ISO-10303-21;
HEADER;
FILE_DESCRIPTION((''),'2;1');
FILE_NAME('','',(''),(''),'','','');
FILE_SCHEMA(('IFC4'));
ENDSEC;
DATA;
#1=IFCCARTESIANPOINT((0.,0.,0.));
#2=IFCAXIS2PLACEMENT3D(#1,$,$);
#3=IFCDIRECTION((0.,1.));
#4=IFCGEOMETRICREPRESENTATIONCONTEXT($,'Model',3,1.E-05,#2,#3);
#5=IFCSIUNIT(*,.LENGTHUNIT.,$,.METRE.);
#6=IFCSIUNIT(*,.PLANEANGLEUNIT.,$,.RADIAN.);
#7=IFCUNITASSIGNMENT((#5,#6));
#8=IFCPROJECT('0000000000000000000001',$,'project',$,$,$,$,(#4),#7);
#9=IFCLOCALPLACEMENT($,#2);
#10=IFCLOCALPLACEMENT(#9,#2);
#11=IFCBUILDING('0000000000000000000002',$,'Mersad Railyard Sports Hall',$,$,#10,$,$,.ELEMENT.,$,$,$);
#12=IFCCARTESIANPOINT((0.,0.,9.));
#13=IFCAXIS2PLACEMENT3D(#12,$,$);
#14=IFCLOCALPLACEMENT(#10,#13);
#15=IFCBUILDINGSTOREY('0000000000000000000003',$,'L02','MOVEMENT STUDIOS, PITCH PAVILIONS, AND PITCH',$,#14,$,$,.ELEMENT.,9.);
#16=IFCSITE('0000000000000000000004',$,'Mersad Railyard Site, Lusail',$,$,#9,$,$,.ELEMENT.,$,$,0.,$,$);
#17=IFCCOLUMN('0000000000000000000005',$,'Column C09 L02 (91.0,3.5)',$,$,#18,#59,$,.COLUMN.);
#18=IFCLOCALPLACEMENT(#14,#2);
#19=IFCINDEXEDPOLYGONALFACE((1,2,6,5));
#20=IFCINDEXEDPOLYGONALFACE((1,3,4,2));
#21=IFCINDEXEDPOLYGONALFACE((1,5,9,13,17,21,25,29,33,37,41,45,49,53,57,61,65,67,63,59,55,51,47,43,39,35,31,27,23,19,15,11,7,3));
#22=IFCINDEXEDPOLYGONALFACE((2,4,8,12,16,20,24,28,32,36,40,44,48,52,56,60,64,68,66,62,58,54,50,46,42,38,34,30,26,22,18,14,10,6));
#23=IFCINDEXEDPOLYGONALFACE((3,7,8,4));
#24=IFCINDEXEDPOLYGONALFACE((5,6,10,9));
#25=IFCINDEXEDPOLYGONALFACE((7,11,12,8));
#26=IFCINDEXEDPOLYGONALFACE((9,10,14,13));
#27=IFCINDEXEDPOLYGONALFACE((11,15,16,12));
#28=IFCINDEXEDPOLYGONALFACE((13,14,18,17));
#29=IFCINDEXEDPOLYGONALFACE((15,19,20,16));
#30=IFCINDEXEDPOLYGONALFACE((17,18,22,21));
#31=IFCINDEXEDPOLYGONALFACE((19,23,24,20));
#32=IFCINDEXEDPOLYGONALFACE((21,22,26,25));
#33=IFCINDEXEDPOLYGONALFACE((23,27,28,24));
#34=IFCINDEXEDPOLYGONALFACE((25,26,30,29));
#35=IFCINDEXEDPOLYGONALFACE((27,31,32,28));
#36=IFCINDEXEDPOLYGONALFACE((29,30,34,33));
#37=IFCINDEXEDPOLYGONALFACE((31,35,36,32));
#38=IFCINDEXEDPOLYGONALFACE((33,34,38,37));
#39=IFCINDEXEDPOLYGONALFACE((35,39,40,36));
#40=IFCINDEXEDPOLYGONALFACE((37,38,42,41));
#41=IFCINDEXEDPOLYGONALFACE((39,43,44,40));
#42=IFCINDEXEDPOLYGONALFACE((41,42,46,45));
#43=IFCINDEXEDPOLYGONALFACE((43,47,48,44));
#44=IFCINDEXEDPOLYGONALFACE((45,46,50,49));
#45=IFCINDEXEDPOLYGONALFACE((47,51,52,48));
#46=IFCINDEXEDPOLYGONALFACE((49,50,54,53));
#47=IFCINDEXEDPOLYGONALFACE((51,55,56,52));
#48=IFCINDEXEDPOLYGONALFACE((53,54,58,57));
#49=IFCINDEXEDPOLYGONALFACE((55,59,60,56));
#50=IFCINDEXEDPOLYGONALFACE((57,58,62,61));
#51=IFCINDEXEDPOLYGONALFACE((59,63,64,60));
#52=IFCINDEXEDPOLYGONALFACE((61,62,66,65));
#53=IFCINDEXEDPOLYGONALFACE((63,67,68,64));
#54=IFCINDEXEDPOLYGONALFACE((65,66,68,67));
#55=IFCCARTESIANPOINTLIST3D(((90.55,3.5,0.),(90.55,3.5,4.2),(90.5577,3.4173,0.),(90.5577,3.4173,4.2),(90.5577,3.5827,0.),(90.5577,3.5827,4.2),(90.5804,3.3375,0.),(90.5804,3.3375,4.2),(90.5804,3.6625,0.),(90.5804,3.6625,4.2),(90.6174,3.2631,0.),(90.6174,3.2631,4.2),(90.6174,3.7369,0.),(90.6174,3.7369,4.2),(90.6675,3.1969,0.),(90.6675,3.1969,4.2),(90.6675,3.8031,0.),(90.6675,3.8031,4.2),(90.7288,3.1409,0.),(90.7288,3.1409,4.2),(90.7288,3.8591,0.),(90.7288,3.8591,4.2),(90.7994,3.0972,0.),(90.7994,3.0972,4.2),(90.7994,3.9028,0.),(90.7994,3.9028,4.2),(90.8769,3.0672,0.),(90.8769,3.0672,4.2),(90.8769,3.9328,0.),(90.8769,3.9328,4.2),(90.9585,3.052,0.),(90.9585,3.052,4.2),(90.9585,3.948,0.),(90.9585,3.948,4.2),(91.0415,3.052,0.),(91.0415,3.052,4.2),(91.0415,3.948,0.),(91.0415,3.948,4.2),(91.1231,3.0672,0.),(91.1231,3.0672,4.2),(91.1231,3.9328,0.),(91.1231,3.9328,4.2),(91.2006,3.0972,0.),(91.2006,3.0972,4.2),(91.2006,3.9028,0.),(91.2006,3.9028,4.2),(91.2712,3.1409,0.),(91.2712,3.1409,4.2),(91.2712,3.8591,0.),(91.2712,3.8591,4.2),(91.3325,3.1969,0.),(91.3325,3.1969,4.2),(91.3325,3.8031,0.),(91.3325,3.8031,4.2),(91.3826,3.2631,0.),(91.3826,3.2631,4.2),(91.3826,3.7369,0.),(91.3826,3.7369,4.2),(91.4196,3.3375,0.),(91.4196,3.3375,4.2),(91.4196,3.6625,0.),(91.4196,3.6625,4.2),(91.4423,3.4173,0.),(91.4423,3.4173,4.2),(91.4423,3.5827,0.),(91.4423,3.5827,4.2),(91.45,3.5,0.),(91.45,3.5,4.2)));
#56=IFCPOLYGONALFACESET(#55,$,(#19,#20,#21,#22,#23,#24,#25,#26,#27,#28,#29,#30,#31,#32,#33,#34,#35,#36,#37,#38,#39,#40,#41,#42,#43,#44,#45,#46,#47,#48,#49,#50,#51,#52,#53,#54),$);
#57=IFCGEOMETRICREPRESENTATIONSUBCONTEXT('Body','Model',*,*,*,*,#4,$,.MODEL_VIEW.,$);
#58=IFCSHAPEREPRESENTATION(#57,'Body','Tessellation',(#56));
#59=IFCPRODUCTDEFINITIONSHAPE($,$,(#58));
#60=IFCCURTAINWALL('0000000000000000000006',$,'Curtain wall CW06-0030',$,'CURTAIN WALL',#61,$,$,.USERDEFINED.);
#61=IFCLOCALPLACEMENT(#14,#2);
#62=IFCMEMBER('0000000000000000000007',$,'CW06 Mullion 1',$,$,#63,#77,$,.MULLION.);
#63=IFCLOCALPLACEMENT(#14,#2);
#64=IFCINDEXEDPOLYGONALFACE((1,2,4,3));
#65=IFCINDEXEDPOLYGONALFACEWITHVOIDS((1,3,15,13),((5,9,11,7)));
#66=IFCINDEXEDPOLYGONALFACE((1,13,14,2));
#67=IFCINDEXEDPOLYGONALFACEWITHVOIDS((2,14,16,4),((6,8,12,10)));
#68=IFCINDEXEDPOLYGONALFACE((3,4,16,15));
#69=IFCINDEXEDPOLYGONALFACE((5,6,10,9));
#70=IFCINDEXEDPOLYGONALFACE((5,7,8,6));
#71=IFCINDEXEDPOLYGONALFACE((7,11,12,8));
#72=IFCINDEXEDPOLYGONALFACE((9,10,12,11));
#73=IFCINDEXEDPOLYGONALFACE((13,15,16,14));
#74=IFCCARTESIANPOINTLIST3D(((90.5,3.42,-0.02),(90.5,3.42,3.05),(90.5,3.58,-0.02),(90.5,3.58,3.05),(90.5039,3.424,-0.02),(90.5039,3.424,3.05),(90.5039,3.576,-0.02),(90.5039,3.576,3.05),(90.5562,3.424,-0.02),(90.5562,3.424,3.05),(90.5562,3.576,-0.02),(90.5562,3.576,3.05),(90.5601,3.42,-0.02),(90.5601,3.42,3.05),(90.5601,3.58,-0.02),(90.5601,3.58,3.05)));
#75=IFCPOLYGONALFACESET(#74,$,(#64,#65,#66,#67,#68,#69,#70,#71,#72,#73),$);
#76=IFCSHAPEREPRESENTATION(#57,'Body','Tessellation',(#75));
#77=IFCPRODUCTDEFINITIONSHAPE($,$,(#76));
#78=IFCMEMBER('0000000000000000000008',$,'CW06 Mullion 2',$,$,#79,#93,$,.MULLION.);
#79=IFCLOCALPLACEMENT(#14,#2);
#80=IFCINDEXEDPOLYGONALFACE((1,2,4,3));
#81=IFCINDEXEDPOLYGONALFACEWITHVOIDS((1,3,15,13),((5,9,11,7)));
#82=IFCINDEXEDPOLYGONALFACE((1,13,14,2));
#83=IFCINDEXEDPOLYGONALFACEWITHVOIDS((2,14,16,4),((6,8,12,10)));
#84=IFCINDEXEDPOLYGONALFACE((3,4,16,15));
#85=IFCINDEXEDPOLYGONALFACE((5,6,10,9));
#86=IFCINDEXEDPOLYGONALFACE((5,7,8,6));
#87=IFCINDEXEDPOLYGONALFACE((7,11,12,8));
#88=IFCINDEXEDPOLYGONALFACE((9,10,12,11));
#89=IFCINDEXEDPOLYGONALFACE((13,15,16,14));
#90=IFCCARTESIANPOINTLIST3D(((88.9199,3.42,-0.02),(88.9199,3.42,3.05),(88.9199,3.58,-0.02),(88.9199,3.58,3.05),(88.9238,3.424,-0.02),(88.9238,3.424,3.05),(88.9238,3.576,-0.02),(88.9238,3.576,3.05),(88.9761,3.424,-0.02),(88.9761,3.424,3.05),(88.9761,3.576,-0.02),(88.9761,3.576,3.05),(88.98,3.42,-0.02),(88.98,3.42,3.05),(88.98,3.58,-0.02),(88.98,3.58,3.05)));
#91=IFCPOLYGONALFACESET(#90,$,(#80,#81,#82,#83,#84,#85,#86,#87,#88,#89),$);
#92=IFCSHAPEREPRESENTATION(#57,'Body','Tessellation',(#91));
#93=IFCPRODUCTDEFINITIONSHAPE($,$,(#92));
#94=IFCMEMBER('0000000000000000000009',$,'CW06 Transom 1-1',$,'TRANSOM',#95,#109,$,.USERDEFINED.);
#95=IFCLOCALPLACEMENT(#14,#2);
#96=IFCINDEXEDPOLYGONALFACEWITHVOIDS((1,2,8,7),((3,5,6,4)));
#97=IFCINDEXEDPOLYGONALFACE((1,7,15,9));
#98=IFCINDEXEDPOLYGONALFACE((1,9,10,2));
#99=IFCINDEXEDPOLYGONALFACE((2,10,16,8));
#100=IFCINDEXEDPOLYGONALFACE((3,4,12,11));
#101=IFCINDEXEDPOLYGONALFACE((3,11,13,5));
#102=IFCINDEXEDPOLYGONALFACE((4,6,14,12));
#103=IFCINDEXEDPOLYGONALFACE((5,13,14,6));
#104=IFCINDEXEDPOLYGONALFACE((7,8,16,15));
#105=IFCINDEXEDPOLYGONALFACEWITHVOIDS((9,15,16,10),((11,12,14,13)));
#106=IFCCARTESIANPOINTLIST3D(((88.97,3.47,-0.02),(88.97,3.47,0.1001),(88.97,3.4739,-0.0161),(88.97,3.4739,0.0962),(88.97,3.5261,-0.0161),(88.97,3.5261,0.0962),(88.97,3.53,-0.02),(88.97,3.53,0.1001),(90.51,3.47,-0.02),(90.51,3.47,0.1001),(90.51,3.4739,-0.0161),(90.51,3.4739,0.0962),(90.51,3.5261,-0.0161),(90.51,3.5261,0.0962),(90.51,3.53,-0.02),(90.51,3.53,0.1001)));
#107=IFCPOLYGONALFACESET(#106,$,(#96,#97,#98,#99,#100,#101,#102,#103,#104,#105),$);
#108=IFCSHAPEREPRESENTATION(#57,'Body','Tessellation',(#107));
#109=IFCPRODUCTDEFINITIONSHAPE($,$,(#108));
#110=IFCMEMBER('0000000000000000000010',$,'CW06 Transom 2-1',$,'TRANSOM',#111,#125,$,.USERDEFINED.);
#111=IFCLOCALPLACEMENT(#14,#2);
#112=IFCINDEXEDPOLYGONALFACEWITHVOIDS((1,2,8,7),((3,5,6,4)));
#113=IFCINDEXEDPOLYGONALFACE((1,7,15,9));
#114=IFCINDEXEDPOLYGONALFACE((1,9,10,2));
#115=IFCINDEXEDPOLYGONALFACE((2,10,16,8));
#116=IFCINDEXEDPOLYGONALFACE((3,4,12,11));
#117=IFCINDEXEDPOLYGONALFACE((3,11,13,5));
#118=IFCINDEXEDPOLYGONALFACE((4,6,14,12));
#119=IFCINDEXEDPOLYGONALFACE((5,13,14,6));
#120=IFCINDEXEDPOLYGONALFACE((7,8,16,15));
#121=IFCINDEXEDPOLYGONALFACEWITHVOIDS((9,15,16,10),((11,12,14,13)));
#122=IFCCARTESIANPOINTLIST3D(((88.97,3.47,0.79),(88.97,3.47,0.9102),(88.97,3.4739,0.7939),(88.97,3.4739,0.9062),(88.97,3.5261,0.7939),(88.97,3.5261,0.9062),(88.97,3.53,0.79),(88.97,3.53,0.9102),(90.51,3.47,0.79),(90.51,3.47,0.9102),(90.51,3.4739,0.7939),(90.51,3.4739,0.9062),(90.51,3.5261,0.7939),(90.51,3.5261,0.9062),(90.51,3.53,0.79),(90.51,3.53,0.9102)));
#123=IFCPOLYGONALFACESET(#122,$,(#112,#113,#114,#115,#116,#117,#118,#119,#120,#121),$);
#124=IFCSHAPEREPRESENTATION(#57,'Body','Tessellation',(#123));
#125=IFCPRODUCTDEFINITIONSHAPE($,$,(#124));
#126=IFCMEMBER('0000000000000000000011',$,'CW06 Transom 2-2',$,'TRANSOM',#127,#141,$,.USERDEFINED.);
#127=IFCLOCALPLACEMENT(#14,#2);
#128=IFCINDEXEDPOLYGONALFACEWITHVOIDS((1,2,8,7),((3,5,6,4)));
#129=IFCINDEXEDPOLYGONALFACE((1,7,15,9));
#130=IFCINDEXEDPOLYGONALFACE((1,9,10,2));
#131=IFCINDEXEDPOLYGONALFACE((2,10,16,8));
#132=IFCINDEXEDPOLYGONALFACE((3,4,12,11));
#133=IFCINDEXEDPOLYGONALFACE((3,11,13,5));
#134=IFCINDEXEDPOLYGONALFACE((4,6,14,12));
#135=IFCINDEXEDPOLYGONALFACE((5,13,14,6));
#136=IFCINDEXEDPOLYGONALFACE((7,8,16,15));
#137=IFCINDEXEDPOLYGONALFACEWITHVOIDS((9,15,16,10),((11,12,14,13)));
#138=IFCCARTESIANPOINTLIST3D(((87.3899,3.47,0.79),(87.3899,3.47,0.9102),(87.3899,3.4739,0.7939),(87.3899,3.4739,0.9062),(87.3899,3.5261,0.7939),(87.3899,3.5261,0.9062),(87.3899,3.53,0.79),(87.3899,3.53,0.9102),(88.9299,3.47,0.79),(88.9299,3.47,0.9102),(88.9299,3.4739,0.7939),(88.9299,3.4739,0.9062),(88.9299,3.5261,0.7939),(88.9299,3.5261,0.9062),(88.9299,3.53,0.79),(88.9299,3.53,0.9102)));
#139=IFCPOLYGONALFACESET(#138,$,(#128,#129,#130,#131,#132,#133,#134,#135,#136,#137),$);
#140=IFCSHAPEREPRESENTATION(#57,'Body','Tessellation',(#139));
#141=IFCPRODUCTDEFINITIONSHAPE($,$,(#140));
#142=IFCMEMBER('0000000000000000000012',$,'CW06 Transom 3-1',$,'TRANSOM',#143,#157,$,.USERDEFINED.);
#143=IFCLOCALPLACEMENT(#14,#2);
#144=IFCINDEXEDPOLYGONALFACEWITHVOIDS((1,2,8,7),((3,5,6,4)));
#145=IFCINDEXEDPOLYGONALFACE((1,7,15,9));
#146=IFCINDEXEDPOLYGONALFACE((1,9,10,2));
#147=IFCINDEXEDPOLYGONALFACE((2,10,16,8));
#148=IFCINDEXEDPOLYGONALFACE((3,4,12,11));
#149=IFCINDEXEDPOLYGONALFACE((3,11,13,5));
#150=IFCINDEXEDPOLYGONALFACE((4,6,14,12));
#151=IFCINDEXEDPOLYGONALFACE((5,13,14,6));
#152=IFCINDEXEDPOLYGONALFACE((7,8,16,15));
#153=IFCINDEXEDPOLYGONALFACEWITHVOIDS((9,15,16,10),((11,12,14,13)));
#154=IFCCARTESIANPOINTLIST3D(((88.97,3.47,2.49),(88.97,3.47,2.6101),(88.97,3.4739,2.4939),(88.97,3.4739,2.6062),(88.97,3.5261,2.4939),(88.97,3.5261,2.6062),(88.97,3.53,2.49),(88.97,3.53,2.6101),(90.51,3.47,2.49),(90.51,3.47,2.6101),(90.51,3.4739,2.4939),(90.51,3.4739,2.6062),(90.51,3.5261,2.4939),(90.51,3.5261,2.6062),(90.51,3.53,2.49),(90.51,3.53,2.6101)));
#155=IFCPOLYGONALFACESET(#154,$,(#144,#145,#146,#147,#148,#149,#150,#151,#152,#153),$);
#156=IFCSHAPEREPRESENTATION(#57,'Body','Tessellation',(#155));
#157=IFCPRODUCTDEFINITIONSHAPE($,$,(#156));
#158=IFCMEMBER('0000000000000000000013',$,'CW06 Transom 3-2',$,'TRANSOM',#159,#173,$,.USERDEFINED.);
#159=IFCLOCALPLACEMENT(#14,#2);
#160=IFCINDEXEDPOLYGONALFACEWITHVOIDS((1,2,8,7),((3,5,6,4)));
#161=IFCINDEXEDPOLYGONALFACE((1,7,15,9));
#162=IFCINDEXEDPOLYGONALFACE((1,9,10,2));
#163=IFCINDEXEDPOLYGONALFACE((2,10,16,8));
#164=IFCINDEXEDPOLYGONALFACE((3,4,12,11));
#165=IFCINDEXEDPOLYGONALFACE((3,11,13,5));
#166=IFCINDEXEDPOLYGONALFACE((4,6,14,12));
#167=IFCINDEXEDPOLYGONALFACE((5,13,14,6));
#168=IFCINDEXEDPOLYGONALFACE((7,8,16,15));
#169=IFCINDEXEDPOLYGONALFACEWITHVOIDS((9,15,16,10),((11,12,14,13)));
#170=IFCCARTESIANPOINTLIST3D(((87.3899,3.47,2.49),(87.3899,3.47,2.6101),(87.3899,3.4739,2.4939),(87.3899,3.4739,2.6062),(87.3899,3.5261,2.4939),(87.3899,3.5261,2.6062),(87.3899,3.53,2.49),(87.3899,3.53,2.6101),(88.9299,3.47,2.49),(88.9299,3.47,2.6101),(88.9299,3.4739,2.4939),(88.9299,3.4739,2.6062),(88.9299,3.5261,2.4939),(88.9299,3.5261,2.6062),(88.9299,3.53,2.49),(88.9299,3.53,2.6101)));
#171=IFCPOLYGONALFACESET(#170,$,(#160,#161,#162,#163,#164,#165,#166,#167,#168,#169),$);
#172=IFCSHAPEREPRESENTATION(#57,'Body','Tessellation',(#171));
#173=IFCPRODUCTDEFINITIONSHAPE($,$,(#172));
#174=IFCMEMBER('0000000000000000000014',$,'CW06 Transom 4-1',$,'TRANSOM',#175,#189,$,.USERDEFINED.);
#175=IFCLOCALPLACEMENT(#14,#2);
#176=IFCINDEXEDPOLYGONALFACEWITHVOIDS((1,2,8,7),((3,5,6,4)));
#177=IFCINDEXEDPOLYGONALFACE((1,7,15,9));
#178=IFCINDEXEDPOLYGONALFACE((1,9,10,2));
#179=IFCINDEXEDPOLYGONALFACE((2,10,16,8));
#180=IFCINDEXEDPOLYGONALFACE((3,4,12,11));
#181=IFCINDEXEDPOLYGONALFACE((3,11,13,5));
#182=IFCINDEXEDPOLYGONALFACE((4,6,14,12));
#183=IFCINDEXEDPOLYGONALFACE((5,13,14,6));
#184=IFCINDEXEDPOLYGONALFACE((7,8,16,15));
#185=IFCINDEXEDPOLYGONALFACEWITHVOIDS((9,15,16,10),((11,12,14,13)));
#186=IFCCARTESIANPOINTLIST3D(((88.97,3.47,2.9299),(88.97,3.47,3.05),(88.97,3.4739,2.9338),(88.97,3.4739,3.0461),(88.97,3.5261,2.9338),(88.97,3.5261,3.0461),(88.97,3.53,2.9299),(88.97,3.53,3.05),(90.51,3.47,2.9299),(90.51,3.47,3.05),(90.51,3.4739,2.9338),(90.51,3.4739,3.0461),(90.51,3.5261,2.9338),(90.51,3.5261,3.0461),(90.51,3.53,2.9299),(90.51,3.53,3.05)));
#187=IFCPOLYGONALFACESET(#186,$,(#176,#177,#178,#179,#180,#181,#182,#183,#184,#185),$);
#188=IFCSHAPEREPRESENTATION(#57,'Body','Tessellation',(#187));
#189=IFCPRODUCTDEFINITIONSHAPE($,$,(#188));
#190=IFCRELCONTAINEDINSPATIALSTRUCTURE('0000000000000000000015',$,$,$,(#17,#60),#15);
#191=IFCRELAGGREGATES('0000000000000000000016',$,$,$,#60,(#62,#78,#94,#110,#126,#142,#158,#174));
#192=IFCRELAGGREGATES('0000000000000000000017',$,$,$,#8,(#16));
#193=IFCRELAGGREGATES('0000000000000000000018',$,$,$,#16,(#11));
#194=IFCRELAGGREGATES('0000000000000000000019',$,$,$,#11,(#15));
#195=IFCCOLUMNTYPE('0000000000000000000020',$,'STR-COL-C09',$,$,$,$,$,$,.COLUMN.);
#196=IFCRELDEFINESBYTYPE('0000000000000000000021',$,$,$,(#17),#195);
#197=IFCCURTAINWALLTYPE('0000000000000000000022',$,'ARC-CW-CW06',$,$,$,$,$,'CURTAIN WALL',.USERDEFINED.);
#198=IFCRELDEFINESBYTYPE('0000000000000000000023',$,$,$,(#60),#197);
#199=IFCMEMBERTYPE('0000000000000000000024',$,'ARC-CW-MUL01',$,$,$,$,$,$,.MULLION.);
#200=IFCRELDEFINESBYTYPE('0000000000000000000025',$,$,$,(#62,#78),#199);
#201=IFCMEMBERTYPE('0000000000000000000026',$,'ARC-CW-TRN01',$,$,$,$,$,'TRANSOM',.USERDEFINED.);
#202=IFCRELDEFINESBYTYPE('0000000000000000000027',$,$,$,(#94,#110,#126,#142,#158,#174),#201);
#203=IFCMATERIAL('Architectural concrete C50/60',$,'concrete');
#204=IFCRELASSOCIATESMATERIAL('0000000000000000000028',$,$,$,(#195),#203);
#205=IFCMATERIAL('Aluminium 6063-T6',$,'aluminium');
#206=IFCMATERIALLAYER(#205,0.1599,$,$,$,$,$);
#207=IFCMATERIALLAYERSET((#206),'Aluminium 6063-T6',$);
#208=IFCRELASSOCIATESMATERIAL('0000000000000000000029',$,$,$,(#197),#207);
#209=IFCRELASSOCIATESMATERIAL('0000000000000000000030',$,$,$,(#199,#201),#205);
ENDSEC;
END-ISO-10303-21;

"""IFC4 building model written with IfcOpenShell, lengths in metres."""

from ifc_helpers import new_model, si_unit, direction, frame, origin, origin_2d, place, context, subcontext, project, spatial, hollow_rectangle, circle, extrude, material, layer, layer_set, material_profile, profile_set, type_object, element, aggregate, save


model = new_model("IFC4")

# Units and contexts
model_context = context("Model", 3, precision=1e-05, world=origin(), true_north=direction((0.0, 1.0)))
body_context = subcontext(model_context, "Body", "Model", "MODEL_VIEW")
ifc_project = project(units=[si_unit("LENGTHUNIT", "METRE"), si_unit("PLANEANGLEUNIT", "RADIAN")], contexts=[model_context])

# Site, building, storey
site_placement = place(None, origin())
site = spatial("IfcSite", under=ifc_project, at=site_placement, Name="Mersad Railyard Site, Lusail", CompositionType="ELEMENT", RefElevation=0.0)
building_placement = place(site_placement, origin())
building = spatial("IfcBuilding", under=site, at=building_placement, Name="Mersad Railyard Sports Hall", CompositionType="ELEMENT")
storey_placement = place(building_placement, frame((0.0, 0.0, 9.0)))
storey = spatial("IfcBuildingStorey", under=building, at=storey_placement, Name="L02", Description="MOVEMENT STUDIOS, PITCH PAVILIONS, AND PITCH", CompositionType="ELEMENT", Elevation=9.0)

# Column
ifc_material_1 = material(Name="Architectural concrete C50/60", Category="concrete")
ifc_material_profile_1 = material_profile(ifc_material_1, circle(Radius=0.45, at=origin_2d()), Name="RC D900")
ifc_profile_set_1 = profile_set([ifc_material_profile_1], Name="Architectural concrete C50/60")
column_type = type_object("IfcColumnType", Name="STR-COL-C09", PredefinedType="COLUMN", material=ifc_profile_set_1)
column_placement = place(storey_placement, frame((91.0, 3.5, 0.0), z_axis=(0.0, 0.0, 1.0), x_axis=(1.0, 0.0, 0.0)))
element("IfcColumn", 1, at=column_placement, inside=storey, type_object=column_type, Name="Column C09 L02 (91.0,3.5)", PredefinedType="COLUMN", context=body_context, shape_type="SweptSolid", body=[
    extrude(circle(Radius=0.45, at=origin_2d()), origin(), (0.0, 0.0, 1.0), 4.2),
])

# Curtain wall, members
ifc_material_2 = material(Name="Aluminium 6063-T6", Category="aluminium")
ifc_layer_1 = layer(ifc_material_2, 0.1599)
ifc_layer_set_1 = layer_set([ifc_layer_1], Name="Aluminium 6063-T6")
curtain_wall_type = type_object("IfcCurtainWallType", Name="ARC-CW-CW06", ElementType="CURTAIN WALL", PredefinedType="USERDEFINED", material=ifc_layer_set_1)
curtain_wall_placement = place(storey_placement, origin())
curtain_wall = element("IfcCurtainWall", 2, at=curtain_wall_placement, inside=storey, type_object=curtain_wall_type, Name="Curtain wall CW06-0030", ObjectType="CURTAIN WALL", PredefinedType="USERDEFINED")
ifc_material_profile_2 = material_profile(ifc_material_2, hollow_rectangle(XDim=0.0601, YDim=0.1599, WallThickness=0.0039, at=origin_2d()), Name="AL MULLION 60x160x4")
ifc_profile_set_2 = profile_set([ifc_material_profile_2], Name="Aluminium 6063-T6")
member_type_1 = type_object("IfcMemberType", Name="ARC-CW-MUL01", PredefinedType="MULLION", material=ifc_profile_set_2)
member_1_placement = place(storey_placement, frame((90.53, 3.5, -0.02), z_axis=(0.0, 0.0, 1.0), x_axis=(1.0, 0.0, 0.0)))
member_1 = element("IfcMember", 3, at=member_1_placement, type_object=member_type_1, Name="CW06 Mullion 1", PredefinedType="MULLION", context=body_context, shape_type="SweptSolid", body=[
    extrude(hollow_rectangle(XDim=0.0601, YDim=0.1599, WallThickness=0.0039, at=origin_2d()), origin(), (0.0, 0.0, 1.0), 3.0701),
])
member_2_placement = place(storey_placement, frame((88.95, 3.5, -0.02), z_axis=(0.0, 0.0, 1.0), x_axis=(1.0, 0.0, 0.0)))
member_2 = element("IfcMember", 4, at=member_2_placement, type_object=member_type_1, Name="CW06 Mullion 2", PredefinedType="MULLION", context=body_context, shape_type="SweptSolid", body=[
    extrude(hollow_rectangle(XDim=0.0601, YDim=0.1599, WallThickness=0.0039, at=origin_2d()), origin(), (0.0, 0.0, 1.0), 3.0701),
])
ifc_material_profile_3 = material_profile(ifc_material_2, hollow_rectangle(XDim=0.0601, YDim=0.1201, WallThickness=0.0039, at=origin_2d()), Name="AL TRANSOM 60x120x4")
ifc_profile_set_3 = profile_set([ifc_material_profile_3], Name="Aluminium 6063-T6")
member_type_2 = type_object("IfcMemberType", Name="ARC-CW-TRN01", ElementType="TRANSOM", PredefinedType="USERDEFINED", material=ifc_profile_set_3)
member_3_placement = place(storey_placement, frame((90.51, 3.5, 0.04), z_axis=(-1.0, 0.0, 0.0), x_axis=(0.0, -1.0, 0.0)))
member_3 = element("IfcMember", 5, at=member_3_placement, type_object=member_type_2, Name="CW06 Transom 1-1", ObjectType="TRANSOM", PredefinedType="USERDEFINED", context=body_context, shape_type="SweptSolid", body=[
    extrude(hollow_rectangle(XDim=0.0601, YDim=0.1201, WallThickness=0.0039, at=origin_2d()), origin(), (0.0, 0.0, 1.0), 1.54),
])
member_4_placement = place(storey_placement, frame((90.51, 3.5, 0.8501), z_axis=(-1.0, 0.0, 0.0), x_axis=(0.0, -1.0, 0.0)))
member_4 = element("IfcMember", 6, at=member_4_placement, type_object=member_type_2, Name="CW06 Transom 2-1", ObjectType="TRANSOM", PredefinedType="USERDEFINED", context=body_context, shape_type="SweptSolid", body=[
    extrude(hollow_rectangle(XDim=0.0601, YDim=0.1201, WallThickness=0.0039, at=origin_2d()), origin(), (0.0, 0.0, 1.0), 1.54),
])
member_5_placement = place(storey_placement, frame((88.9299, 3.5, 0.8501), z_axis=(-1.0, 0.0, 0.0), x_axis=(0.0, -1.0, 0.0)))
member_5 = element("IfcMember", 7, at=member_5_placement, type_object=member_type_2, Name="CW06 Transom 2-2", ObjectType="TRANSOM", PredefinedType="USERDEFINED", context=body_context, shape_type="SweptSolid", body=[
    extrude(hollow_rectangle(XDim=0.0601, YDim=0.1201, WallThickness=0.0039, at=origin_2d()), origin(), (0.0, 0.0, 1.0), 1.54),
])
member_6_placement = place(storey_placement, frame((90.51, 3.5, 2.55), z_axis=(-1.0, 0.0, 0.0), x_axis=(0.0, -1.0, 0.0)))
member_6 = element("IfcMember", 8, at=member_6_placement, type_object=member_type_2, Name="CW06 Transom 3-1", ObjectType="TRANSOM", PredefinedType="USERDEFINED", context=body_context, shape_type="SweptSolid", body=[
    extrude(hollow_rectangle(XDim=0.0601, YDim=0.1201, WallThickness=0.0039, at=origin_2d()), origin(), (0.0, 0.0, 1.0), 1.54),
])
member_7_placement = place(storey_placement, frame((88.9299, 3.5, 2.55), z_axis=(-1.0, 0.0, 0.0), x_axis=(0.0, -1.0, 0.0)))
member_7 = element("IfcMember", 9, at=member_7_placement, type_object=member_type_2, Name="CW06 Transom 3-2", ObjectType="TRANSOM", PredefinedType="USERDEFINED", context=body_context, shape_type="SweptSolid", body=[
    extrude(hollow_rectangle(XDim=0.0601, YDim=0.1201, WallThickness=0.0039, at=origin_2d()), origin(), (0.0, 0.0, 1.0), 1.54),
])
member_8_placement = place(storey_placement, frame((90.51, 3.5, 2.99), z_axis=(-1.0, 0.0, 0.0), x_axis=(0.0, -1.0, 0.0)))
member_8 = element("IfcMember", 10, at=member_8_placement, type_object=member_type_2, Name="CW06 Transom 4-1", ObjectType="TRANSOM", PredefinedType="USERDEFINED", context=body_context, shape_type="SweptSolid", body=[
    extrude(hollow_rectangle(XDim=0.0601, YDim=0.1201, WallThickness=0.0039, at=origin_2d()), origin(), (0.0, 0.0, 1.0), 1.54),
])

aggregate(curtain_wall, [member_1, member_2, member_3, member_4, member_5, member_6, member_7, member_8])

save(model, "model.ifc")
